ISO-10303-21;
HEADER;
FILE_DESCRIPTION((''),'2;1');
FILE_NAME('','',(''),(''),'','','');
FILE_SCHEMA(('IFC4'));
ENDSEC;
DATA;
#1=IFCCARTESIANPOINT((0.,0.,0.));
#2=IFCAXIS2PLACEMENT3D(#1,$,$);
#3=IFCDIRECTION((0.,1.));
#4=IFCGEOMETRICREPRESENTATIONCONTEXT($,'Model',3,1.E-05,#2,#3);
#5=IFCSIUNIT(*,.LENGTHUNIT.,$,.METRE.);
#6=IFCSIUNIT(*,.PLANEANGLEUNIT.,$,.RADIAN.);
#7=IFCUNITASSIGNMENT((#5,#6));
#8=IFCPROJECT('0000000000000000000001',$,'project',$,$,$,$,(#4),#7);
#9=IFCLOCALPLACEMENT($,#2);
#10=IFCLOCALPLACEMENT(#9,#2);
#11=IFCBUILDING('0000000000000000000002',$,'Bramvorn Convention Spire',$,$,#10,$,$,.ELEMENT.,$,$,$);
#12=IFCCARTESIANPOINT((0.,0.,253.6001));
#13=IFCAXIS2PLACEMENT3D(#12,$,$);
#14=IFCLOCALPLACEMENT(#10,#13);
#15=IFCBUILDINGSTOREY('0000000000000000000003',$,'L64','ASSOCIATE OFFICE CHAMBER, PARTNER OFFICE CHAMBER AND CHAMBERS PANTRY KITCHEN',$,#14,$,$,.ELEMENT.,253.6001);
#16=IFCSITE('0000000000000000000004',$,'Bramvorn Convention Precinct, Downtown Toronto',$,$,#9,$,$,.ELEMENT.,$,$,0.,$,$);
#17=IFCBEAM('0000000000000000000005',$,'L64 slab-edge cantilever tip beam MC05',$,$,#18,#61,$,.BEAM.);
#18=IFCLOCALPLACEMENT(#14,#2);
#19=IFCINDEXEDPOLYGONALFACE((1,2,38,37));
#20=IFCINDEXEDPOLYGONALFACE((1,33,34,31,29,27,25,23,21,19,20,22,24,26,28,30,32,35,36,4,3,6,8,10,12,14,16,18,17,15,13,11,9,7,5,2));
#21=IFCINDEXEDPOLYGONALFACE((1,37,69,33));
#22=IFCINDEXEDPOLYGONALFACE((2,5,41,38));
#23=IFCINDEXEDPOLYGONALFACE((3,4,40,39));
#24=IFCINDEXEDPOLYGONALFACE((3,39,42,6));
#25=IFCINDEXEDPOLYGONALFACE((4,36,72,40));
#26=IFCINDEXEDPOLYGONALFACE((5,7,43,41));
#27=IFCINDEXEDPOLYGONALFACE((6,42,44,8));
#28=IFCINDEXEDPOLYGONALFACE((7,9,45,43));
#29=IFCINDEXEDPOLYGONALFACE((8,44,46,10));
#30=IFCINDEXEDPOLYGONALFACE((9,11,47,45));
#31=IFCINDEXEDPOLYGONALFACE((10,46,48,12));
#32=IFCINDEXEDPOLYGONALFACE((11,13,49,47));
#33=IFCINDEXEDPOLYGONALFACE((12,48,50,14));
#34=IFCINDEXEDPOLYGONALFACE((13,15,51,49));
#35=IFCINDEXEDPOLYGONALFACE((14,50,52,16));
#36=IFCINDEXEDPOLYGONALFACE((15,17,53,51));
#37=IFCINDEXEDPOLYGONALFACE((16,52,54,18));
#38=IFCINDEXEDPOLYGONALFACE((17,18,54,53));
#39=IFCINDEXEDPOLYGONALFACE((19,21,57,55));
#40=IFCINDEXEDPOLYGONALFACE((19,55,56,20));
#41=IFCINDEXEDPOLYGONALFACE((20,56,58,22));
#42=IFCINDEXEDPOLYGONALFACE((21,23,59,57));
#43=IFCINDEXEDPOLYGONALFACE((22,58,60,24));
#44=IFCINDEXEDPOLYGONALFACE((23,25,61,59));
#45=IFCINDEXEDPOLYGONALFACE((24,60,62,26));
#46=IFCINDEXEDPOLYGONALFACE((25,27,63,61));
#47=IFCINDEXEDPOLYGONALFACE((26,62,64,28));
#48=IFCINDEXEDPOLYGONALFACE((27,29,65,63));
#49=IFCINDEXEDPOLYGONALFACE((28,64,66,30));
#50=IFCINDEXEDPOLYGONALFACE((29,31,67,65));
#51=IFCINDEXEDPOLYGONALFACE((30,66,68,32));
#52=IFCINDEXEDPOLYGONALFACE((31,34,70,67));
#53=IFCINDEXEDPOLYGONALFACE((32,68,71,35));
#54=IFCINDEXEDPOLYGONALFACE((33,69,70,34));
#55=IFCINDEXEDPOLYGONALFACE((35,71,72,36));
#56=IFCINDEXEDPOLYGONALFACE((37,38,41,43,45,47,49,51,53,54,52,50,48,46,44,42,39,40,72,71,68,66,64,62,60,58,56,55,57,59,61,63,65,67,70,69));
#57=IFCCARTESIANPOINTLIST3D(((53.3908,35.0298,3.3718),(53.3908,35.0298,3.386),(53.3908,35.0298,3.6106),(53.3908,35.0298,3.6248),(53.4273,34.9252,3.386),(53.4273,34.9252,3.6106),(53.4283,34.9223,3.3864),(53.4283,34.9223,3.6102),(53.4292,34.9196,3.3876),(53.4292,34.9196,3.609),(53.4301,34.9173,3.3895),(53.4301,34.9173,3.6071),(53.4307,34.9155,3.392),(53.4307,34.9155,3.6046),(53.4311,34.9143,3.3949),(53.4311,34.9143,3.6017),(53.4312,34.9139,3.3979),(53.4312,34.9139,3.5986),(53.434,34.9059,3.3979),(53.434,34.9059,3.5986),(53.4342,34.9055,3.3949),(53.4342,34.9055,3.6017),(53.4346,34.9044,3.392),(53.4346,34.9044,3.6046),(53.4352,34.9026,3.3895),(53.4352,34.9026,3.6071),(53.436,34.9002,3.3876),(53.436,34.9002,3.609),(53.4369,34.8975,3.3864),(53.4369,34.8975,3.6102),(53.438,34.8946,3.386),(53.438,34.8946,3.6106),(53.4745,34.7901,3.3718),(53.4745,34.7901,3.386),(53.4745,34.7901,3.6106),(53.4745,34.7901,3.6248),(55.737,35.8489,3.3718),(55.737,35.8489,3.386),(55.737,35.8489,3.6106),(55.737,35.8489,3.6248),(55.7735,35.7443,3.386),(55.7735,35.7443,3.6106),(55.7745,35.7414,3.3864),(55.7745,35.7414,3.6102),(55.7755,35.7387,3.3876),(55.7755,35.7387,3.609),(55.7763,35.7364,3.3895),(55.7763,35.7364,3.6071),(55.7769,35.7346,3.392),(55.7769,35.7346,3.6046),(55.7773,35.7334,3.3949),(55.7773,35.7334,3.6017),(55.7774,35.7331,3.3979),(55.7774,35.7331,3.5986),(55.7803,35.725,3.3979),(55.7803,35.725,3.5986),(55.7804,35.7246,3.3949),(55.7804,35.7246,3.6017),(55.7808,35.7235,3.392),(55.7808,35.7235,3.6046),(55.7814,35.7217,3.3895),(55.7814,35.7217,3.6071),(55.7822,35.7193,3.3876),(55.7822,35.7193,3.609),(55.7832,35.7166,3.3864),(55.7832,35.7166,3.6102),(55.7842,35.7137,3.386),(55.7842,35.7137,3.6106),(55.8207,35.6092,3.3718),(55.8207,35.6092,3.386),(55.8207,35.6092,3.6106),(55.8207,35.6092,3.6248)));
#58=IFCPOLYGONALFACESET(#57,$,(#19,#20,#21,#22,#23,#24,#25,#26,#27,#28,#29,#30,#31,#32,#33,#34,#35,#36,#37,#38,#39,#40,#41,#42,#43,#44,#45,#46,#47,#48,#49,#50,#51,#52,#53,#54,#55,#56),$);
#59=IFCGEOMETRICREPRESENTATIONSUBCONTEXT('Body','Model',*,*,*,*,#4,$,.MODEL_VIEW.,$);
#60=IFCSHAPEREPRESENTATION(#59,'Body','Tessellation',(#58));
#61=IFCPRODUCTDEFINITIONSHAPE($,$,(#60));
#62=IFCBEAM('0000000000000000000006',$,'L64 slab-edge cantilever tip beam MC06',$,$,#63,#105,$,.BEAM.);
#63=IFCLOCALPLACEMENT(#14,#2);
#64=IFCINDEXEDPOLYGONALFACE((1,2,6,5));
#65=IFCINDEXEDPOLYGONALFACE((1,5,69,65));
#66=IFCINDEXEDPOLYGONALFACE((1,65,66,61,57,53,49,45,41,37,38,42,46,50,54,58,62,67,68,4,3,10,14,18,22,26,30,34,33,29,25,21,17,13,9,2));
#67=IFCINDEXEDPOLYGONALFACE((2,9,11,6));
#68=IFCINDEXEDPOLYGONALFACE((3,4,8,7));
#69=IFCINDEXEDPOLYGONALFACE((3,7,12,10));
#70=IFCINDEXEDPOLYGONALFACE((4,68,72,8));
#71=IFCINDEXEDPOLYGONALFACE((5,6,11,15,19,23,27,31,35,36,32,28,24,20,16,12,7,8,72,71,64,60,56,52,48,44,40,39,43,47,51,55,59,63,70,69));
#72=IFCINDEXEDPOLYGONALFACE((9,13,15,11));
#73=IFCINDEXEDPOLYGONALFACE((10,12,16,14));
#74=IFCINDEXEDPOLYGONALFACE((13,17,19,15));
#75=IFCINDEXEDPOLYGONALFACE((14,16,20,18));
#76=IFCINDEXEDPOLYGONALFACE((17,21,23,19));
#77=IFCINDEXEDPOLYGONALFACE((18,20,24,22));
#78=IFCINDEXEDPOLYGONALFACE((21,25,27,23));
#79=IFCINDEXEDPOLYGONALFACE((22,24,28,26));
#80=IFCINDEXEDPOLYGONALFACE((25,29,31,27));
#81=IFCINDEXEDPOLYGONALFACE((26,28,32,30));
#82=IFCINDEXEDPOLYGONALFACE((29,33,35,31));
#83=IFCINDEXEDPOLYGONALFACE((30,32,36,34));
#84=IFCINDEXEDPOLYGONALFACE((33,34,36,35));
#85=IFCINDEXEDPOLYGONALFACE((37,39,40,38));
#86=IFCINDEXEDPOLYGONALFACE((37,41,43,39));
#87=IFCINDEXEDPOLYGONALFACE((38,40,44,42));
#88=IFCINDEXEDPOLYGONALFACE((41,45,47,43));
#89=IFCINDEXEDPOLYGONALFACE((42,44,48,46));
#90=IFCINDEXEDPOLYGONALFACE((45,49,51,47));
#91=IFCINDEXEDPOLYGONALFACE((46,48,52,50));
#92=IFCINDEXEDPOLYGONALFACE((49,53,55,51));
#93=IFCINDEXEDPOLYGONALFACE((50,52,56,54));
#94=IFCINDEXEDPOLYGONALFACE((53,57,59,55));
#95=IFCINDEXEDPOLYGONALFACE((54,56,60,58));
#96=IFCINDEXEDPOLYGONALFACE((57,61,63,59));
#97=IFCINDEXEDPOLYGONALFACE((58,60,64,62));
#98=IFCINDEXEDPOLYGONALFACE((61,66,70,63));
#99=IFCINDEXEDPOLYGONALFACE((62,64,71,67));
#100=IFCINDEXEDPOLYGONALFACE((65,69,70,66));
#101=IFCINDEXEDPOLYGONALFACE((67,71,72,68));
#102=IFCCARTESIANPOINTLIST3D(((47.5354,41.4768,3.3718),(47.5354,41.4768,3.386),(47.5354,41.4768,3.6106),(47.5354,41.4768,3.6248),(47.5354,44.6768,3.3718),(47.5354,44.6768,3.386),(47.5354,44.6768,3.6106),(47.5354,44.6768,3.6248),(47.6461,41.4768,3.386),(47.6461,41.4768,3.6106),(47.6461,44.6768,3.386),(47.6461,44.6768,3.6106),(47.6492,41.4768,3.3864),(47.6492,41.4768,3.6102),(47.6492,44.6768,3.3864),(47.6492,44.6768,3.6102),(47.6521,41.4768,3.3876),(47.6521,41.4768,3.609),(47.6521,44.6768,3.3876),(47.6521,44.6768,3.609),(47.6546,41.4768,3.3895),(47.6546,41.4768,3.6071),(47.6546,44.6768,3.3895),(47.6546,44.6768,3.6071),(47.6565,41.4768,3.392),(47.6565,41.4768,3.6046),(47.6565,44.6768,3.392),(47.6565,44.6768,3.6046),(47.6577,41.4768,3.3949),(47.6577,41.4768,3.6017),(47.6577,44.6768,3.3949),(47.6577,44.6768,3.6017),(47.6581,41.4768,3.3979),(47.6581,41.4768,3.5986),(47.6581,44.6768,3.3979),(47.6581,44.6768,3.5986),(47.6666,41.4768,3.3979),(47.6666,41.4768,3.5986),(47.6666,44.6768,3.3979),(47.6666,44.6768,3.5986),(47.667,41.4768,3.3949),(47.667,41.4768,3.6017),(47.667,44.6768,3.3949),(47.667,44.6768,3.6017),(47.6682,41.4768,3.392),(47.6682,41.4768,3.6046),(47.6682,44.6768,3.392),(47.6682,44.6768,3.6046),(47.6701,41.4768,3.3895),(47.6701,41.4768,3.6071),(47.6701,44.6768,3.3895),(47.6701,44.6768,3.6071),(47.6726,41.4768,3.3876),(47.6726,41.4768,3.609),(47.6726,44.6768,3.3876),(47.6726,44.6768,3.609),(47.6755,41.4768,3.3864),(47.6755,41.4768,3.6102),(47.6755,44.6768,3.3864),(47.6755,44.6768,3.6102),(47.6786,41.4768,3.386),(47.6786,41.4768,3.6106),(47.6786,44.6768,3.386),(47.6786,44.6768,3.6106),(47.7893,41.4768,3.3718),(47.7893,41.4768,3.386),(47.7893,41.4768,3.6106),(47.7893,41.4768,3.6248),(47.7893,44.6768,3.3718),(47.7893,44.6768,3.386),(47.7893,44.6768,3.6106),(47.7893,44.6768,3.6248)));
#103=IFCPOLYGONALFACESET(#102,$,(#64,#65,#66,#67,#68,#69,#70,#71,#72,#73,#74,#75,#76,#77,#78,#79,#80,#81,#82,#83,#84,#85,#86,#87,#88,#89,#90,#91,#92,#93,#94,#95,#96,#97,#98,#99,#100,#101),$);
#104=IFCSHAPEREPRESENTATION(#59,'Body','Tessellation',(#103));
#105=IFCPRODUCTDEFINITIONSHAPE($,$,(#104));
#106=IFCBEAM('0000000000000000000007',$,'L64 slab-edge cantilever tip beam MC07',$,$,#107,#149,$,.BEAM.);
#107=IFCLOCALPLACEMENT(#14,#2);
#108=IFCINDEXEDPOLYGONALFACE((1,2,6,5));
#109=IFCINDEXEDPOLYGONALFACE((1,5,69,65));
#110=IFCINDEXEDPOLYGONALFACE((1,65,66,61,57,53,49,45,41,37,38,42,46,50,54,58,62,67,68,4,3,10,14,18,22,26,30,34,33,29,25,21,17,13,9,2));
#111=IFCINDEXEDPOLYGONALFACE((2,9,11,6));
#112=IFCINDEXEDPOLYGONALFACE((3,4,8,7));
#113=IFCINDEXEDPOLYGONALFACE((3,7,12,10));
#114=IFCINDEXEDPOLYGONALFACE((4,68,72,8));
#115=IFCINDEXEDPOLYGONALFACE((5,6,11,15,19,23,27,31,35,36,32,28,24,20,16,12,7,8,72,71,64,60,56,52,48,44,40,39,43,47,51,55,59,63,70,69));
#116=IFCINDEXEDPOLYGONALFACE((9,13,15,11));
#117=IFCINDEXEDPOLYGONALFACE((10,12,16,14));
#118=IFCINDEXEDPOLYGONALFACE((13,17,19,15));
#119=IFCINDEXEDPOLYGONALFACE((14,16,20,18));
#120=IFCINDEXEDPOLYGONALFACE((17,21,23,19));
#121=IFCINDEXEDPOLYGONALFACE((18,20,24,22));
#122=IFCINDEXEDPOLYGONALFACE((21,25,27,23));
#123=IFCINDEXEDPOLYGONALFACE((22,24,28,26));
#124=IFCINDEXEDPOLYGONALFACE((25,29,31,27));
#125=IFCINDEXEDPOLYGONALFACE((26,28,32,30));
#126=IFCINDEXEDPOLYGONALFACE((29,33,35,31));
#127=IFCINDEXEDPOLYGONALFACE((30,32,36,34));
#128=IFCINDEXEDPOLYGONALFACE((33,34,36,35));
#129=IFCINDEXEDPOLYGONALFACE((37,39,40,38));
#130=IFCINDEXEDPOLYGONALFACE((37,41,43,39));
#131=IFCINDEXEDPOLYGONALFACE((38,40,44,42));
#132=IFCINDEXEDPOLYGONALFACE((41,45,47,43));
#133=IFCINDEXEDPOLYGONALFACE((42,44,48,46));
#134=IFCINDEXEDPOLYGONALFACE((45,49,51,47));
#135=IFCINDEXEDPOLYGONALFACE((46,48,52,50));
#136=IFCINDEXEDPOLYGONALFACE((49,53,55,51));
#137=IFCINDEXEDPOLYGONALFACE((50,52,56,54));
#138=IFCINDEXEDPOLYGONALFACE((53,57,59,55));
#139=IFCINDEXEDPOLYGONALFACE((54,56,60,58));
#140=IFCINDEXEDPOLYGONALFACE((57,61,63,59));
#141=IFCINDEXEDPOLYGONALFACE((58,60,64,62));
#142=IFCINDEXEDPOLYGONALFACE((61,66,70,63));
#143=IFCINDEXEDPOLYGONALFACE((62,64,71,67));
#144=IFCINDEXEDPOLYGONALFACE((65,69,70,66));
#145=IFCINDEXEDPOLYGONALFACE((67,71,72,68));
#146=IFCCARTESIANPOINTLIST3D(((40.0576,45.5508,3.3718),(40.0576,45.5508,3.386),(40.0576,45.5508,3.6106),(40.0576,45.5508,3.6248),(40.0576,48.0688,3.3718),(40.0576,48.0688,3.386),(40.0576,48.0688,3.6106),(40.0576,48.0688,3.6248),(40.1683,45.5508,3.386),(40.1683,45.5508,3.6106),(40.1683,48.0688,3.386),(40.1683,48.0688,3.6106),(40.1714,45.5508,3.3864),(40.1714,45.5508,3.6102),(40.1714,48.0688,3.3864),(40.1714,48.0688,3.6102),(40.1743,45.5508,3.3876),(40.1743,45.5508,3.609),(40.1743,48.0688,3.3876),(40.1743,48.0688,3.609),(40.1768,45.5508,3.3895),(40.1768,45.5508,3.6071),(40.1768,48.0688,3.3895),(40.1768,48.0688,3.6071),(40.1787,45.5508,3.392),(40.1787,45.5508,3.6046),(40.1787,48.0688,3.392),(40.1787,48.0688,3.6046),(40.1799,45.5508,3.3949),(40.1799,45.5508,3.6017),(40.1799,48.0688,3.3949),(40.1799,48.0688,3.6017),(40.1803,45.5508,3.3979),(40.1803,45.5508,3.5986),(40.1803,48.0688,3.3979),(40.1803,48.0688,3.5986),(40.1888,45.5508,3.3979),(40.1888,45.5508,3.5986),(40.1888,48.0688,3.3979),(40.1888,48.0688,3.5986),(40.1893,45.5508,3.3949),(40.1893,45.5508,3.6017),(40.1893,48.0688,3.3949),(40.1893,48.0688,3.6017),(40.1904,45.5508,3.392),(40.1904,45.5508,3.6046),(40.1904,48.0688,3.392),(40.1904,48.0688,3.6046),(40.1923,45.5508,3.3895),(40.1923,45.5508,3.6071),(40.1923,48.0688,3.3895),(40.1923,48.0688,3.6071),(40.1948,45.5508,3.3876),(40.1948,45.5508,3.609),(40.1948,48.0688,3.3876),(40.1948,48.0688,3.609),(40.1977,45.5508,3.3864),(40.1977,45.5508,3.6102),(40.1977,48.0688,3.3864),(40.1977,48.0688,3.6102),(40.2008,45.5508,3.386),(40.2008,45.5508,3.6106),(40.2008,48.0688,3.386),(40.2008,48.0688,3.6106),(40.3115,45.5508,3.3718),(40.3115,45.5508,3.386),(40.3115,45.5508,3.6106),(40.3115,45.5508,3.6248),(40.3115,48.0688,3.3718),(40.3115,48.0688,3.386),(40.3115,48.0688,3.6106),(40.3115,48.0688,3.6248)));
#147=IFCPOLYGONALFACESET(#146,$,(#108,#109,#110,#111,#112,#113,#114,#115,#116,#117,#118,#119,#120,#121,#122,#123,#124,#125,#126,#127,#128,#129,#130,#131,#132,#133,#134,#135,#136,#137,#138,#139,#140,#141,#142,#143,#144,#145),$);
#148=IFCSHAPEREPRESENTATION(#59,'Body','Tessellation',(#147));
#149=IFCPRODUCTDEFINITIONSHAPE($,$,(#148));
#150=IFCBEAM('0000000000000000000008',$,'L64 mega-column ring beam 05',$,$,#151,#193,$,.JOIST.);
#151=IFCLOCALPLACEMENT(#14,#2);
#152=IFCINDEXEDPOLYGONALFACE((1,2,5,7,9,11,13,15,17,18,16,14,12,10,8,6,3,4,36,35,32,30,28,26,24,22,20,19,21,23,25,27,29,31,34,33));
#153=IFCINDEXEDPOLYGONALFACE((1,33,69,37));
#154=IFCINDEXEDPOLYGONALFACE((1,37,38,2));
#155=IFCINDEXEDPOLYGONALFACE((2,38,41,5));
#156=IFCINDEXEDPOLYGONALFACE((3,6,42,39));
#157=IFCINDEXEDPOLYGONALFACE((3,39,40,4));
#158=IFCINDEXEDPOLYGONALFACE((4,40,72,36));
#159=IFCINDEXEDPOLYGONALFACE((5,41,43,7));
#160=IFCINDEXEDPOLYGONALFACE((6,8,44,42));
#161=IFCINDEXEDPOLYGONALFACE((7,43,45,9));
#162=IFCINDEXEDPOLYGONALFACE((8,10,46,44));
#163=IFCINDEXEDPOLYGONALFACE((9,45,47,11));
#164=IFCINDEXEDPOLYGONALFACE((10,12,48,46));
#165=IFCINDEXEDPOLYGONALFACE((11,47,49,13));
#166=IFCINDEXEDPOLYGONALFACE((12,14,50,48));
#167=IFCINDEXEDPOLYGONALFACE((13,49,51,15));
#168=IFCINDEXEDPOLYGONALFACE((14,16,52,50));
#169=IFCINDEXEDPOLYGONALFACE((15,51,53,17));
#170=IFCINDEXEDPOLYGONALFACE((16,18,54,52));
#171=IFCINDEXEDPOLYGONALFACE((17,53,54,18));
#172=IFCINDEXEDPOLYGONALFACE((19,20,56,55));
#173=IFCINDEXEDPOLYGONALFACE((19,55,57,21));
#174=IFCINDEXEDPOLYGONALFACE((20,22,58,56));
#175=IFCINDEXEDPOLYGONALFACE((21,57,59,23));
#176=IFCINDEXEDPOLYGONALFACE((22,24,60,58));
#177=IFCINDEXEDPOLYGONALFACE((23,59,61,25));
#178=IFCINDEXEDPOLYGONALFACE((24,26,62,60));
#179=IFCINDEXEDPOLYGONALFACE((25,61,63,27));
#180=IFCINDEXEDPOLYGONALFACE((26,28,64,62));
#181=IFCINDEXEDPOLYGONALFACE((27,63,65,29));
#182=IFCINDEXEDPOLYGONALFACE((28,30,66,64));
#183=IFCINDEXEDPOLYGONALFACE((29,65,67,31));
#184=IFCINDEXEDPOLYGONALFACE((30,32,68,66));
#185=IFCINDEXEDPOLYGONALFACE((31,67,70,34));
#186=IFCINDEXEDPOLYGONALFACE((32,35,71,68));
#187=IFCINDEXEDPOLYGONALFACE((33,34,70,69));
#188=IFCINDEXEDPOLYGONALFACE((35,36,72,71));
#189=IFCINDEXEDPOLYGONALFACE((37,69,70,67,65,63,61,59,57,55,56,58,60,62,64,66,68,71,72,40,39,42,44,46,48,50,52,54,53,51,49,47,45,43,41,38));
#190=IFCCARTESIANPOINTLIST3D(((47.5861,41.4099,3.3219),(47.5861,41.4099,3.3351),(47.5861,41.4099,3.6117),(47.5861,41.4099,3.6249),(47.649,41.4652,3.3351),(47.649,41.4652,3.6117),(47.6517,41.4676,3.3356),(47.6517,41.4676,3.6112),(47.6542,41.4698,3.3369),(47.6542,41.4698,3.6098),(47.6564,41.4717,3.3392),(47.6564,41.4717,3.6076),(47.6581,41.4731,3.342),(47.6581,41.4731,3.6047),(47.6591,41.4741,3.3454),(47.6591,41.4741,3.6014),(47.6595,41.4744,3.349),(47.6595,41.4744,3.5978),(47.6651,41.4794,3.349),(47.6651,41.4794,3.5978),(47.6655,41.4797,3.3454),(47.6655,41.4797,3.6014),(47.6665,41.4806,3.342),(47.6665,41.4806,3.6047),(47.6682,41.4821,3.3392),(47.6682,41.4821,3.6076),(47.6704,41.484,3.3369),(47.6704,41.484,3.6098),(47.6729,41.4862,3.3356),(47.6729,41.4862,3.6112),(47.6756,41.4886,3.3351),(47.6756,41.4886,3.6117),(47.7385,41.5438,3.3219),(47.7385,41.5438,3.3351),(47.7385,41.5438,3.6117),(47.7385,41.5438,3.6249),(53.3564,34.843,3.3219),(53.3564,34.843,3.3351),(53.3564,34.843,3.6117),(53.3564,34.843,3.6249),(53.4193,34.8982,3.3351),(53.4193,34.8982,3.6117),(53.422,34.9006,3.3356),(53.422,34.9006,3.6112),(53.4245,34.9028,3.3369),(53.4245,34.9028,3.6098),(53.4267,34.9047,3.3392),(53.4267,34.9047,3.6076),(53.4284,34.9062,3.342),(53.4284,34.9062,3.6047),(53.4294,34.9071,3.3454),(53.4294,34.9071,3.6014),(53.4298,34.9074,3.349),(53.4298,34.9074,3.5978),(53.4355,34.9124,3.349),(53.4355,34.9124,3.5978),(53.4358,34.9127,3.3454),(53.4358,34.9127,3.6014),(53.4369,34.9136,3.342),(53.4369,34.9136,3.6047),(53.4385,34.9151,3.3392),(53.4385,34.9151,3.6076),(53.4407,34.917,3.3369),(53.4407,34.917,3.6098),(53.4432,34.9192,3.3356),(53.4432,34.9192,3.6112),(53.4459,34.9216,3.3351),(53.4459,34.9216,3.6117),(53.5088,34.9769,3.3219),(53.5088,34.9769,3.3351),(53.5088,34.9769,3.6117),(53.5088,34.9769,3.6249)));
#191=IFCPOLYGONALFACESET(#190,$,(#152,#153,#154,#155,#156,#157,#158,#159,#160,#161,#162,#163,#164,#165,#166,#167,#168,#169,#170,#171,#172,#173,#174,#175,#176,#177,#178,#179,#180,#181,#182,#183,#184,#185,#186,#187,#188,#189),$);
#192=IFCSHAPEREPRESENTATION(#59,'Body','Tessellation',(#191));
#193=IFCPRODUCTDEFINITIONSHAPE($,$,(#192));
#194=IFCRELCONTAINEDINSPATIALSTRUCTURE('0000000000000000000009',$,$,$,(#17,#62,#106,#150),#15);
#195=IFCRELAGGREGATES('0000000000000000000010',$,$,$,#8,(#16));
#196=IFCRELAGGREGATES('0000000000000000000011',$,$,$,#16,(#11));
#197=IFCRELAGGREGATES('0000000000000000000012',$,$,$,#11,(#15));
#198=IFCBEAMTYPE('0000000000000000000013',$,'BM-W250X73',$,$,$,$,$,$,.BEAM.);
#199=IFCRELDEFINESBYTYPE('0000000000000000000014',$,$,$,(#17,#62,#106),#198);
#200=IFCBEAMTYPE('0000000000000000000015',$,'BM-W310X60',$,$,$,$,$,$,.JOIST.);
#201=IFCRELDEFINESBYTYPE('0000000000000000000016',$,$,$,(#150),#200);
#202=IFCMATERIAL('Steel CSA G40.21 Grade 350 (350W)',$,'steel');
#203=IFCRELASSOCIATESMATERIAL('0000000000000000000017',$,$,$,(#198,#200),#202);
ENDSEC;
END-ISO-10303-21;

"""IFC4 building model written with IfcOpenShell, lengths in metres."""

from ifc_helpers import new_model, si_unit, direction, frame, origin, origin_2d, place, context, subcontext, project, spatial, i_section, extrude, material, material_profile, profile_set, type_object, element, save


model = new_model("IFC4")

# Units and contexts
model_context = context("Model", 3, precision=1e-05, world=origin(), true_north=direction((0.0, 1.0)))
body_context = subcontext(model_context, "Body", "Model", "MODEL_VIEW")
ifc_project = project(units=[si_unit("LENGTHUNIT", "METRE"), si_unit("PLANEANGLEUNIT", "RADIAN")], contexts=[model_context])

# Site, building, storey
site_placement = place(None, origin())
site = spatial("IfcSite", under=ifc_project, at=site_placement, Name="Bramvorn Convention Precinct, Downtown Toronto", CompositionType="ELEMENT", RefElevation=0.0)
building_placement = place(site_placement, origin())
building = spatial("IfcBuilding", under=site, at=building_placement, Name="Bramvorn Convention Spire", CompositionType="ELEMENT")
storey_placement = place(building_placement, frame((0.0, 0.0, 253.6001)))
storey = spatial("IfcBuildingStorey", under=building, at=storey_placement, Name="L64", Description="ASSOCIATE OFFICE CHAMBER, PARTNER OFFICE CHAMBER AND CHAMBERS PANTRY KITCHEN", CompositionType="ELEMENT", Elevation=253.6001)

# Shared definitions
ifc_material_1 = material(Name="Steel CSA G40.21 Grade 350 (350W)", Category="steel")

# Beams
ifc_material_profile_1 = material_profile(ifc_material_1, i_section(OverallWidth=0.2539, OverallDepth=0.2529, WebThickness=0.0085, FlangeThickness=0.0142, FilletRadius=0.012, at=origin_2d()))
ifc_profile_set_1 = profile_set([ifc_material_profile_1], Name="Steel CSA G40.21 Grade 350 (350W) - W250X73")
beam_type_1 = type_object("IfcBeamType", Name="BM-W250X73", PredefinedType="BEAM", material=ifc_profile_set_1)
beam_1_placement = place(storey_placement, frame((53.4326, 34.9099, 3.4983), z_axis=(0.944118, 0.329606, 0.0), x_axis=(-0.329606, 0.944118, 0.0)))
element("IfcBeam", 1, at=beam_1_placement, inside=storey, type_object=beam_type_1, Name="L64 slab-edge cantilever tip beam MC05", PredefinedType="BEAM", context=body_context, shape_type="SweptSolid", body=[
    extrude(i_section(OverallWidth=0.2539, OverallDepth=0.2529, WebThickness=0.0085, FlangeThickness=0.0142, FilletRadius=0.012, at=origin_2d()), origin(), (0.0, 0.0, 1.0), 2.4851),
])
beam_2_placement = place(storey_placement, frame((47.6624, 41.4768, 3.4983), z_axis=(0.0, 1.0, 0.0), x_axis=(-1.0, 0.0, 0.0)))
element("IfcBeam", 2, at=beam_2_placement, inside=storey, type_object=beam_type_1, Name="L64 slab-edge cantilever tip beam MC06", PredefinedType="BEAM", context=body_context, shape_type="SweptSolid", body=[
    extrude(i_section(OverallWidth=0.2539, OverallDepth=0.2529, WebThickness=0.0085, FlangeThickness=0.0142, FilletRadius=0.012, at=origin_2d()), origin(), (0.0, 0.0, 1.0), 3.2),
])
beam_3_placement = place(storey_placement, frame((40.1846, 45.5508, 3.4983), z_axis=(0.0, 1.0, 0.0), x_axis=(-1.0, 0.0, 0.0)))
element("IfcBeam", 3, at=beam_3_placement, inside=storey, type_object=beam_type_1, Name="L64 slab-edge cantilever tip beam MC07", PredefinedType="BEAM", context=body_context, shape_type="SweptSolid", body=[
    extrude(i_section(OverallWidth=0.2539, OverallDepth=0.2529, WebThickness=0.0085, FlangeThickness=0.0142, FilletRadius=0.012, at=origin_2d()), origin(), (0.0, 0.0, 1.0), 2.5181),
])
ifc_material_profile_2 = material_profile(ifc_material_1, i_section(OverallWidth=0.2029, OverallDepth=0.303, WebThickness=0.0076, FlangeThickness=0.0132, FilletRadius=0.0139, at=origin_2d()))
ifc_profile_set_2 = profile_set([ifc_material_profile_2], Name="Steel CSA G40.21 Grade 350 (350W) - W310X60")
beam_type_2 = type_object("IfcBeamType", Name="BM-W310X60", PredefinedType="JOIST", material=ifc_profile_set_2)
beam_4_placement = place(storey_placement, frame((53.4326, 34.9099, 3.4734), z_axis=(-0.660073, 0.751201, 0.0), x_axis=(-0.751201, -0.660073, 0.0)))
element("IfcBeam", 4, at=beam_4_placement, inside=storey, type_object=beam_type_2, Name="L64 mega-column ring beam 05", PredefinedType="JOIST", context=body_context, shape_type="SweptSolid", body=[
    extrude(i_section(OverallWidth=0.2029, OverallDepth=0.303, WebThickness=0.0076, FlangeThickness=0.0132, FilletRadius=0.0139, at=origin_2d()), origin(), (0.0, 0.0, 1.0), 8.7419),
])

save(model, "model.ifc")
